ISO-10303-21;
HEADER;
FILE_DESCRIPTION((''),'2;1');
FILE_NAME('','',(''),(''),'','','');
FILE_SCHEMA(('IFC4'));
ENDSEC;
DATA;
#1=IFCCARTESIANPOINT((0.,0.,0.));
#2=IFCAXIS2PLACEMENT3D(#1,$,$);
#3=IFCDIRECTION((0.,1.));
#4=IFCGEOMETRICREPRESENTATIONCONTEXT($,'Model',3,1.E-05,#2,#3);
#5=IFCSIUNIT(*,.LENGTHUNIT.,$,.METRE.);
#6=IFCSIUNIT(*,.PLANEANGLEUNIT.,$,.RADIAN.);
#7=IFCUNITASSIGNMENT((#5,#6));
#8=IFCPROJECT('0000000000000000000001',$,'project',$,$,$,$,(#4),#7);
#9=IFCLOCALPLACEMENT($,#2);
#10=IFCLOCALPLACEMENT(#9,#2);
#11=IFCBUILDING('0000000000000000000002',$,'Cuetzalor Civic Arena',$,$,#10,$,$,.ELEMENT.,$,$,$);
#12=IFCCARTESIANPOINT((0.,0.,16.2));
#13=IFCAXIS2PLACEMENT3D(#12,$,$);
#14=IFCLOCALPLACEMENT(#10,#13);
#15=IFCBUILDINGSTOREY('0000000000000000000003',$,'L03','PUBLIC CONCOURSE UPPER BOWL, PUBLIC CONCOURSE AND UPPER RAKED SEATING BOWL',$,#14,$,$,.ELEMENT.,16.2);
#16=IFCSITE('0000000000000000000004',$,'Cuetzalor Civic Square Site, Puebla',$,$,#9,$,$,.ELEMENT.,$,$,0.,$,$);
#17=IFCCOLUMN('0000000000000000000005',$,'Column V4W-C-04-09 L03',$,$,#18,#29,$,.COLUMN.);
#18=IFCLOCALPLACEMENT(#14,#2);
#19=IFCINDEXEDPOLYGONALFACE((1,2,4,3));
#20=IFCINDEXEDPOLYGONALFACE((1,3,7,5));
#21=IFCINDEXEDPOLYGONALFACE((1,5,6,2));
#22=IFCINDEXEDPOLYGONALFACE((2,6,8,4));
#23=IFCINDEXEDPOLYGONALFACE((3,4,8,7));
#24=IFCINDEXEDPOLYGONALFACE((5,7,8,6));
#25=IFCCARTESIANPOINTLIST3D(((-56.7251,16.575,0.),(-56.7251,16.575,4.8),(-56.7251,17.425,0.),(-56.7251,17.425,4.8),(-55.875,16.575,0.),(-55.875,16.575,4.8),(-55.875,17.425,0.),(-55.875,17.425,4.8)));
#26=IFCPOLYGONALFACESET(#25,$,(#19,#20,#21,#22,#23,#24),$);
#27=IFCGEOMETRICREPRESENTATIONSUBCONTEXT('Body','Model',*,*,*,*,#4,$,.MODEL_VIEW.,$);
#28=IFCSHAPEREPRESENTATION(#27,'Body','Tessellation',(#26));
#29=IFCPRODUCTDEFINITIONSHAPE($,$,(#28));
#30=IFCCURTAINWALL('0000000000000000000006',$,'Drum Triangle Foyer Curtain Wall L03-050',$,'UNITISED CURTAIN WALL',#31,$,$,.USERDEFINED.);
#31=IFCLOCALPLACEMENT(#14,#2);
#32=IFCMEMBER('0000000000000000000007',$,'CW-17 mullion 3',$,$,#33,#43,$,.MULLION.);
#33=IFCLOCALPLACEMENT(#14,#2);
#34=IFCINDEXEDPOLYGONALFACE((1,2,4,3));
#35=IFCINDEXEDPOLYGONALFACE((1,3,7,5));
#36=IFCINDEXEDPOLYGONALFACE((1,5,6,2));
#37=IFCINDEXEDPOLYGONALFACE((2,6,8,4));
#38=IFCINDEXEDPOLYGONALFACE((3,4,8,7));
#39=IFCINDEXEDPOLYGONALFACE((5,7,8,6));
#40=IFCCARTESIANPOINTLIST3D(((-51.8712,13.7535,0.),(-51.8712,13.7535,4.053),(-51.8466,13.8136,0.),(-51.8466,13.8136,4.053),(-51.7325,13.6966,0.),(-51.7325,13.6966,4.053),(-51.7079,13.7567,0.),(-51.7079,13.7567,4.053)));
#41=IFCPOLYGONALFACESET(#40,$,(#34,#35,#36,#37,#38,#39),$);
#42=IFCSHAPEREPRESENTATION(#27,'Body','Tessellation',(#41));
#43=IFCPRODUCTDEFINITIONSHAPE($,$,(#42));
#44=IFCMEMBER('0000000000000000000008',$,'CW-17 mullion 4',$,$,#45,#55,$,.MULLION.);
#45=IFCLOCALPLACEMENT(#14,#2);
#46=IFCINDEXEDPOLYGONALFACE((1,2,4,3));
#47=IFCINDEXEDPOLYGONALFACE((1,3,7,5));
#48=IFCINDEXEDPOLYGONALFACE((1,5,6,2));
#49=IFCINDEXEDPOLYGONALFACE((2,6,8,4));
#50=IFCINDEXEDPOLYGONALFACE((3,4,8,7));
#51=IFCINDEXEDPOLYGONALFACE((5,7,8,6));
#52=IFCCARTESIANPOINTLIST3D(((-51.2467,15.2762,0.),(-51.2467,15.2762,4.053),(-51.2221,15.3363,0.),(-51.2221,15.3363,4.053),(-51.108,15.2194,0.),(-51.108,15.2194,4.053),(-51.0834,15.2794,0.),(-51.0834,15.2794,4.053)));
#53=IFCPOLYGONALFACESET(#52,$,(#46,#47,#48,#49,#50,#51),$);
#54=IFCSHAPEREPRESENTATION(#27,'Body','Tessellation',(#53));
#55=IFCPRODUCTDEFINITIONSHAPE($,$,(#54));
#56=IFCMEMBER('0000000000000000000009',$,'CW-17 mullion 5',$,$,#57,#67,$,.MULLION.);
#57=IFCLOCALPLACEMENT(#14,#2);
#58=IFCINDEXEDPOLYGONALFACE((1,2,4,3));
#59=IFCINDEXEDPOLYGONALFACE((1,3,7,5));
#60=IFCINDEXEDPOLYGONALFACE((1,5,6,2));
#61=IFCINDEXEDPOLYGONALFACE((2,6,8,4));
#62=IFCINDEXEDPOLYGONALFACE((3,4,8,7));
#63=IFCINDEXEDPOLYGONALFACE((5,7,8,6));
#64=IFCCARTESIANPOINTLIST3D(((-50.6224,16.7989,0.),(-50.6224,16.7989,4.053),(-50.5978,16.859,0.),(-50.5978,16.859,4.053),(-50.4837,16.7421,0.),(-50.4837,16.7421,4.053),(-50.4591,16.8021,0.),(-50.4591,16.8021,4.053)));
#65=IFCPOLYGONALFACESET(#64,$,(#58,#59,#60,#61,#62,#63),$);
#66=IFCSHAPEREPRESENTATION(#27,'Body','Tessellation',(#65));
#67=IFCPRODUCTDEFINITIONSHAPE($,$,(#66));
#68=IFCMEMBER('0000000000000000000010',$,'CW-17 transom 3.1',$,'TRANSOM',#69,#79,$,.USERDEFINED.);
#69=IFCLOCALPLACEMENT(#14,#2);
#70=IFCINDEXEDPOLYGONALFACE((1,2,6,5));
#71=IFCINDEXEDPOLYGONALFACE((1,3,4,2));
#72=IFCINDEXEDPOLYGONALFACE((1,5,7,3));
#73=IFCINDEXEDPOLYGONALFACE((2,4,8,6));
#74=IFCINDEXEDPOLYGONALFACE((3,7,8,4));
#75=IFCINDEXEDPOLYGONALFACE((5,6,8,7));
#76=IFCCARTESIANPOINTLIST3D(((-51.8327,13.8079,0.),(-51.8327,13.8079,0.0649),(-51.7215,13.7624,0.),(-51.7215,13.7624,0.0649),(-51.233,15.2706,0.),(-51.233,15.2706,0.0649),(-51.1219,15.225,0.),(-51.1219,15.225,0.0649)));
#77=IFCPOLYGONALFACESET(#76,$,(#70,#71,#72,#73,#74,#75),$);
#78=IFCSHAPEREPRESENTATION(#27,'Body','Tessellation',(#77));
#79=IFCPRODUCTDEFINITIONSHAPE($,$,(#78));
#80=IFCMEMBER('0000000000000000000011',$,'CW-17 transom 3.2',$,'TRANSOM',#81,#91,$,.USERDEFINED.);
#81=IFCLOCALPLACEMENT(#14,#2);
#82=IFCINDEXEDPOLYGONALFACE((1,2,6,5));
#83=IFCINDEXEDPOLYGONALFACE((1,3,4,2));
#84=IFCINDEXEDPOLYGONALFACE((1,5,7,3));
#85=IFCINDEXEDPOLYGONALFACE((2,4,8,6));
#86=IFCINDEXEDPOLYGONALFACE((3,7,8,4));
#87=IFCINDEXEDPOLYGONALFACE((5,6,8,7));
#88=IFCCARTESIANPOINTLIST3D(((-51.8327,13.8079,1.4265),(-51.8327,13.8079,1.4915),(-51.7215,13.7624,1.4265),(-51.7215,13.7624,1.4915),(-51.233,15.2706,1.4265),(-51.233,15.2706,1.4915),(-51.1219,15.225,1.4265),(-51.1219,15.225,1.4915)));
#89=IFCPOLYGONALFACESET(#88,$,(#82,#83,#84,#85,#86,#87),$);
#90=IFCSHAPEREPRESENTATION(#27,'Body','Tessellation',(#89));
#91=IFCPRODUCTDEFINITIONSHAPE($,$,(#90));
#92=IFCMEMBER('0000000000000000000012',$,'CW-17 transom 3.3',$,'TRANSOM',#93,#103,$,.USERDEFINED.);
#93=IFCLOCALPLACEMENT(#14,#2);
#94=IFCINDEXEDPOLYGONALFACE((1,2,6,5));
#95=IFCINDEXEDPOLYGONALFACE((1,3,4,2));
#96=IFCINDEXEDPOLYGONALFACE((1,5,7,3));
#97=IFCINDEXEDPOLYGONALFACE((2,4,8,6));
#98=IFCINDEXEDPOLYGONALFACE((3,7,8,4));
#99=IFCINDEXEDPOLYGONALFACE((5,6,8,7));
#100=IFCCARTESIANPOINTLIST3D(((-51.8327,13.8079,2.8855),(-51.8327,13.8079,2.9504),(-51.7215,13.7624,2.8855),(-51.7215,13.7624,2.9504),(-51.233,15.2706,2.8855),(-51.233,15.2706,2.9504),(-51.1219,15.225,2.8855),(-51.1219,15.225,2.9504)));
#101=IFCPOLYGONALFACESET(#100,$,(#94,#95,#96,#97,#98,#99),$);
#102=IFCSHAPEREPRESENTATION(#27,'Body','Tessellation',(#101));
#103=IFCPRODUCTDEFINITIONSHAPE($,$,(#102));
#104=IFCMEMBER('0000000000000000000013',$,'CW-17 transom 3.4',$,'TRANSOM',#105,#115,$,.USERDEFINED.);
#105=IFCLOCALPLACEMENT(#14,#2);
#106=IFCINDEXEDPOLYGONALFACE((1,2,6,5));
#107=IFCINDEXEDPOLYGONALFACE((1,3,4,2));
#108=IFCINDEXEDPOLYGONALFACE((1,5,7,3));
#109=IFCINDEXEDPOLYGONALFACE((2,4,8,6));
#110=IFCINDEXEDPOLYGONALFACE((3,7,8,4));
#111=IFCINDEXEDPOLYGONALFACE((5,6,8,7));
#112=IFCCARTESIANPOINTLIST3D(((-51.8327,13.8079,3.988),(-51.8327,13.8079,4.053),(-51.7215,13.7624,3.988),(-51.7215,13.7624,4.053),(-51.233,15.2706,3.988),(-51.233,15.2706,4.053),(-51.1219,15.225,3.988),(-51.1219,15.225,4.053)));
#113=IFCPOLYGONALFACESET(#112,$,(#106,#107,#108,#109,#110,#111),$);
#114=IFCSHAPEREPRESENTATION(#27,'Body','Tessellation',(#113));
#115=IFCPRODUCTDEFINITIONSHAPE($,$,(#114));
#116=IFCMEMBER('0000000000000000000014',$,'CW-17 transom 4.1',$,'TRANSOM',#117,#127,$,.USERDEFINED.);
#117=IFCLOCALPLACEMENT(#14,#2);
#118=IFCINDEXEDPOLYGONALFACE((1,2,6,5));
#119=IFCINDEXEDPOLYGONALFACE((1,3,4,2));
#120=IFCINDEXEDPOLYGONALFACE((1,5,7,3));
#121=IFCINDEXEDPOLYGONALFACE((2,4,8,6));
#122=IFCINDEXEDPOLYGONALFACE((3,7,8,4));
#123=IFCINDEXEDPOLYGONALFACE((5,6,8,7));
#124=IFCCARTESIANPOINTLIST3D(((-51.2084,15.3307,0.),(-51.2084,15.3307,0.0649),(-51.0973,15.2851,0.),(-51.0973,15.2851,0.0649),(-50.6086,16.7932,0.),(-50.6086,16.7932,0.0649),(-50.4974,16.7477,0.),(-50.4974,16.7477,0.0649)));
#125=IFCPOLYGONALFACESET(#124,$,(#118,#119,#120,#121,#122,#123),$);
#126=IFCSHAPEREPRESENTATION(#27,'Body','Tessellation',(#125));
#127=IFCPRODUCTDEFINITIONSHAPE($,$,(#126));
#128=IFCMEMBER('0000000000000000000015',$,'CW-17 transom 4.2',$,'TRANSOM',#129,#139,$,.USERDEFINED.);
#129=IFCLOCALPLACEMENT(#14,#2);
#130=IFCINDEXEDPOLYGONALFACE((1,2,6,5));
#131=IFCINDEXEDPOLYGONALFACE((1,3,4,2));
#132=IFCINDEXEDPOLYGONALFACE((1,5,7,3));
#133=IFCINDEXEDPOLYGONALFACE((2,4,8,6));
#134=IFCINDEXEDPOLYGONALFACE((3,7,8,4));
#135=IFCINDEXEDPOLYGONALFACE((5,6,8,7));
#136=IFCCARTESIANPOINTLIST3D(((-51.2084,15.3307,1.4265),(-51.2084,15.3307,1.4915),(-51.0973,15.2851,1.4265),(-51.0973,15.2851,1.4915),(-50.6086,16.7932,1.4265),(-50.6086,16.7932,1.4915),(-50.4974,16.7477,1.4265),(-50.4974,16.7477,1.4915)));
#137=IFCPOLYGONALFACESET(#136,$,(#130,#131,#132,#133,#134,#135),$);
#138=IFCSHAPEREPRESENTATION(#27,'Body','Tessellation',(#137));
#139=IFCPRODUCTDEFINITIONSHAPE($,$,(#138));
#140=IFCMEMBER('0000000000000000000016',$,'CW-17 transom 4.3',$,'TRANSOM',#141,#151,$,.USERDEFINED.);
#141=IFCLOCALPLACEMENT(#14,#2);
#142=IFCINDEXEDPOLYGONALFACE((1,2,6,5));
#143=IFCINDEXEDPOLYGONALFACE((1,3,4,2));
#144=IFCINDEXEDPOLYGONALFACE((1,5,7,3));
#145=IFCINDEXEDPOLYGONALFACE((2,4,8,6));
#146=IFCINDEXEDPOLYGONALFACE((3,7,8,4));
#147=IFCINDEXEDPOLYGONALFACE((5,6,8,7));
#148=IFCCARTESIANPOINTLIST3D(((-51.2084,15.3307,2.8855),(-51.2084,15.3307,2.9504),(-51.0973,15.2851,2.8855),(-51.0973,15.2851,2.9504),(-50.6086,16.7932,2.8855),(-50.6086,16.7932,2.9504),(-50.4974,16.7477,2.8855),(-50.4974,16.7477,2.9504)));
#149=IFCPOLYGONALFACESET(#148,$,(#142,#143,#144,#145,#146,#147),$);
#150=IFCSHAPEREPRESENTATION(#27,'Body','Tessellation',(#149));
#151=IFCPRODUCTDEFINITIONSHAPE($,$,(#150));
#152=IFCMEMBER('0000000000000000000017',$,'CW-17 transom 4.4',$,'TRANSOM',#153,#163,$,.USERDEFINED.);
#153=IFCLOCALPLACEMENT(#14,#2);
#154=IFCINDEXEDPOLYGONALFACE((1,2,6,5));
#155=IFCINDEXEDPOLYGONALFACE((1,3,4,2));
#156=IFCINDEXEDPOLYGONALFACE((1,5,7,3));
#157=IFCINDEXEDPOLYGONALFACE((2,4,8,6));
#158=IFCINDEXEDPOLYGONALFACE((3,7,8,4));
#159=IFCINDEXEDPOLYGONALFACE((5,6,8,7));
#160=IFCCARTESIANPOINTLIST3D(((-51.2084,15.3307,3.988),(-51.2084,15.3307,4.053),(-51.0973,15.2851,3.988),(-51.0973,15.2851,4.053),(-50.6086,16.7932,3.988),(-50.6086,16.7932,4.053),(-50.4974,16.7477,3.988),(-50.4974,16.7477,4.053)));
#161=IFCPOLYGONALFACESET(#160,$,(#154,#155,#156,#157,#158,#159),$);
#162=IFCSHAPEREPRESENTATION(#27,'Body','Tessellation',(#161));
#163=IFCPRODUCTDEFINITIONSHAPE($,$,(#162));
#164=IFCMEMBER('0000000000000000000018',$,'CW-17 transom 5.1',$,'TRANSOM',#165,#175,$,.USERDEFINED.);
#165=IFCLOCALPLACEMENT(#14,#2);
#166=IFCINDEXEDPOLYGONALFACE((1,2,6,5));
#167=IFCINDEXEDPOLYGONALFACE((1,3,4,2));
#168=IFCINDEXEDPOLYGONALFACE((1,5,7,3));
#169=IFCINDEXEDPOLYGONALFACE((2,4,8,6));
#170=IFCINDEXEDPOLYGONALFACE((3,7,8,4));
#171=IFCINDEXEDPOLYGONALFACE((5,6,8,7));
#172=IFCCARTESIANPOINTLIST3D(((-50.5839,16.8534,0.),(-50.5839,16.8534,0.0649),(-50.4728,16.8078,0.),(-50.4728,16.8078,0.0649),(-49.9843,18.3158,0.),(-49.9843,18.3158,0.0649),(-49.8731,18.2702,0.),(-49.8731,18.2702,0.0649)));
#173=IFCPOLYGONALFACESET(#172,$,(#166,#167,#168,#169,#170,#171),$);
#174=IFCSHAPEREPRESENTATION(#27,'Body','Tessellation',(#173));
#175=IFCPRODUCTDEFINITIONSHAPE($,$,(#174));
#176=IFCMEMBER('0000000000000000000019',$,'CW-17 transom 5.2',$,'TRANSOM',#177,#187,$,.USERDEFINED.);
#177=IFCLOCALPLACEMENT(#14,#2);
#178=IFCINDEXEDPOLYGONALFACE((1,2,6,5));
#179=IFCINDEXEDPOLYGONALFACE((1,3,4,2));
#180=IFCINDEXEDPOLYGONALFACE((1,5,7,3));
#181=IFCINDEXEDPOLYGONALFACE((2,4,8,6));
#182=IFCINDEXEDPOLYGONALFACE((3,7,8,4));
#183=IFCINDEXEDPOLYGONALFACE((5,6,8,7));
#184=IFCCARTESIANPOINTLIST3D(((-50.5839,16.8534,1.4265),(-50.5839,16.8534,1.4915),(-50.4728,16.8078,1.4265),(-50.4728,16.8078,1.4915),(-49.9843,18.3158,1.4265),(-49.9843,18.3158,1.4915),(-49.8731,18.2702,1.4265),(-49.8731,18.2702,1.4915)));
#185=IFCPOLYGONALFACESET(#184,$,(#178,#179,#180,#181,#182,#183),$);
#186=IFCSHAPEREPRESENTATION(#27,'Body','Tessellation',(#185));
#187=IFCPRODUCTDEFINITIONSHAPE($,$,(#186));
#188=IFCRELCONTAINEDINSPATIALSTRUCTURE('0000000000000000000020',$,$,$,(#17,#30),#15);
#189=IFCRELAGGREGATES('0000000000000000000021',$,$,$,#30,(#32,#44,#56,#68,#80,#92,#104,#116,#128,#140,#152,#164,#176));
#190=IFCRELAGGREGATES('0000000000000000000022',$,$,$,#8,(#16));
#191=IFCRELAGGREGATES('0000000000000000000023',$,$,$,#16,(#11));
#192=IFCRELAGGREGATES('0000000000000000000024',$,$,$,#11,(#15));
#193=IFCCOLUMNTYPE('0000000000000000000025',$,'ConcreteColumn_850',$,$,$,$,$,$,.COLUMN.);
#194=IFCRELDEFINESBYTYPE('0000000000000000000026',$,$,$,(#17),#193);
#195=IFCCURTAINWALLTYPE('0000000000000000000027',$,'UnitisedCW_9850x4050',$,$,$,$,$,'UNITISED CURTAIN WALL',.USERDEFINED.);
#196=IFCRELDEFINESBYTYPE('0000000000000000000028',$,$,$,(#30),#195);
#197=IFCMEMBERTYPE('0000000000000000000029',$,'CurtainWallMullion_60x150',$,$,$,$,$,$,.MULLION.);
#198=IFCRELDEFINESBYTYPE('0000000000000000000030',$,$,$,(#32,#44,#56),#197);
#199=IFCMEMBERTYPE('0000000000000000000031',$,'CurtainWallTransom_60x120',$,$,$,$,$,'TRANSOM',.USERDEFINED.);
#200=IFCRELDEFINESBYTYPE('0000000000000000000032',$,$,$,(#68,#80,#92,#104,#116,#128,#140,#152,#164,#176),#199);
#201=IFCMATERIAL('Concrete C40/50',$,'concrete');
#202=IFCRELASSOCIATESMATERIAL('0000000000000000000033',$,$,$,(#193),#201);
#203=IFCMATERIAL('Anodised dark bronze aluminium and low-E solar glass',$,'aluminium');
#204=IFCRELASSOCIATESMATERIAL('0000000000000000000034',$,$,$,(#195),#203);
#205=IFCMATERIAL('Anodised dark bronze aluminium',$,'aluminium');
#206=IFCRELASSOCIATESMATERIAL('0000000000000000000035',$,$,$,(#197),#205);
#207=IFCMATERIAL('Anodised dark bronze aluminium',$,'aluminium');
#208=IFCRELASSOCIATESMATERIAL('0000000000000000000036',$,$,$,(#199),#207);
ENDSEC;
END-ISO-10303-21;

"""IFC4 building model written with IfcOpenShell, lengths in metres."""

from ifc_helpers import new_model, si_unit, direction, frame, origin, origin_2d, place, context, subcontext, project, spatial, rectangle, extrude, material, material_profile, profile_set, type_object, element, aggregate, save


model = new_model("IFC4")

# Units and contexts
model_context = context("Model", 3, precision=1e-05, world=origin(), true_north=direction((0.0, 1.0)))
body_context = subcontext(model_context, "Body", "Model", "MODEL_VIEW")
ifc_project = project(units=[si_unit("LENGTHUNIT", "METRE"), si_unit("PLANEANGLEUNIT", "RADIAN")], contexts=[model_context])

# Site, building, storey
site_placement = place(None, origin())
site = spatial("IfcSite", under=ifc_project, at=site_placement, Name="Cuetzalor Civic Square Site, Puebla", CompositionType="ELEMENT", RefElevation=0.0)
building_placement = place(site_placement, origin())
building = spatial("IfcBuilding", under=site, at=building_placement, Name="Cuetzalor Civic Arena", CompositionType="ELEMENT")
storey_placement = place(building_placement, frame((0.0, 0.0, 16.2)))
storey = spatial("IfcBuildingStorey", under=building, at=storey_placement, Name="L03", Description="PUBLIC CONCOURSE UPPER BOWL, PUBLIC CONCOURSE AND UPPER RAKED SEATING BOWL", CompositionType="ELEMENT", Elevation=16.2)

# Column
ifc_material_1 = material(Name="Concrete C40/50", Category="concrete")
ifc_material_profile_1 = material_profile(ifc_material_1, rectangle(XDim=0.8501, YDim=0.8501, at=origin_2d()), Name="RC 850x850")
ifc_profile_set_1 = profile_set([ifc_material_profile_1], Name="Concrete C40/50")
column_type = type_object("IfcColumnType", Name="ConcreteColumn_850", PredefinedType="COLUMN", material=ifc_profile_set_1)
column_placement = place(storey_placement, frame((-56.3, 17.0, 0.0), z_axis=(0.0, 0.0, 1.0), x_axis=(1.0, 0.0, 0.0)))
element("IfcColumn", 1, at=column_placement, inside=storey, type_object=column_type, Name="Column V4W-C-04-09 L03", PredefinedType="COLUMN", context=body_context, shape_type="SweptSolid", body=[
    extrude(rectangle(XDim=0.8501, YDim=0.8501, at=origin_2d()), origin(), (0.0, 0.0, 1.0), 4.8),
])

# Curtain wall, members
ifc_material_2 = material(Name="Anodised dark bronze aluminium and low-E solar glass", Category="aluminium")
curtain_wall_type = type_object("IfcCurtainWallType", Name="UnitisedCW_9850x4050", ElementType="UNITISED CURTAIN WALL", PredefinedType="USERDEFINED", material=ifc_material_2)
curtain_wall_placement = place(storey_placement, origin())
curtain_wall = element("IfcCurtainWall", 2, at=curtain_wall_placement, inside=storey, type_object=curtain_wall_type, Name="Drum Triangle Foyer Curtain Wall L03-050", ObjectType="UNITISED CURTAIN WALL", PredefinedType="USERDEFINED")
ifc_material_3 = material(Name="Anodised dark bronze aluminium", Category="aluminium")
ifc_material_profile_2 = material_profile(ifc_material_3, rectangle(XDim=0.0649, YDim=0.1499, at=origin_2d()), Name="ALU MULLION 65x150")
ifc_profile_set_2 = profile_set([ifc_material_profile_2], Name="Anodised dark bronze aluminium")
member_type_1 = type_object("IfcMemberType", Name="CurtainWallMullion_60x150", PredefinedType="MULLION", material=ifc_profile_set_2)
member_1_placement = place(storey_placement, frame((-51.7896, 13.7551, 0.0), z_axis=(0.0, 0.0, 1.0), x_axis=(0.379391, 0.925236, 0.0)))
member_1 = element("IfcMember", 3, at=member_1_placement, type_object=member_type_1, Name="CW-17 mullion 3", PredefinedType="MULLION", context=body_context, shape_type="SweptSolid", body=[
    extrude(rectangle(XDim=0.0649, YDim=0.1499, at=origin_2d()), origin(), (0.0, 0.0, 1.0), 4.053),
])
member_2_placement = place(storey_placement, frame((-51.165, 15.2778, 0.0), z_axis=(0.0, 0.0, 1.0), x_axis=(0.379391, 0.925236, 0.0)))
member_2 = element("IfcMember", 4, at=member_2_placement, type_object=member_type_1, Name="CW-17 mullion 4", PredefinedType="MULLION", context=body_context, shape_type="SweptSolid", body=[
    extrude(rectangle(XDim=0.0649, YDim=0.1499, at=origin_2d()), origin(), (0.0, 0.0, 1.0), 4.053),
])
member_3_placement = place(storey_placement, frame((-50.5408, 16.8005, 0.0), z_axis=(0.0, 0.0, 1.0), x_axis=(0.379391, 0.925236, 0.0)))
member_3 = element("IfcMember", 5, at=member_3_placement, type_object=member_type_1, Name="CW-17 mullion 5", PredefinedType="MULLION", context=body_context, shape_type="SweptSolid", body=[
    extrude(rectangle(XDim=0.0649, YDim=0.1499, at=origin_2d()), origin(), (0.0, 0.0, 1.0), 4.053),
])
ifc_material_4 = material(Name="Anodised dark bronze aluminium", Category="aluminium")
ifc_material_profile_3 = material_profile(ifc_material_4, rectangle(XDim=0.1201, YDim=0.0649, at=origin_2d()), Name="ALU TRANSOM 65x120")
ifc_profile_set_3 = profile_set([ifc_material_profile_3], Name="Anodised dark bronze aluminium")
member_type_2 = type_object("IfcMemberType", Name="CurtainWallTransom_60x120", ElementType="TRANSOM", PredefinedType="USERDEFINED", material=ifc_profile_set_3)
member_4_placement = place(storey_placement, frame((-51.7771, 13.7852, 0.0325), z_axis=(0.379312, 0.925269, 0.0), x_axis=(-0.925269, 0.379312, 0.0)))
member_4 = element("IfcMember", 6, at=member_4_placement, type_object=member_type_2, Name="CW-17 transom 3.1", ObjectType="TRANSOM", PredefinedType="USERDEFINED", context=body_context, shape_type="SweptSolid", body=[
    extrude(rectangle(XDim=0.1201, YDim=0.0649, at=origin_2d()), origin(), (0.0, 0.0, 1.0), 1.5808),
])
member_5_placement = place(storey_placement, frame((-51.7771, 13.7852, 1.459), z_axis=(0.379312, 0.925269, 0.0), x_axis=(-0.925269, 0.379312, 0.0)))
member_5 = element("IfcMember", 7, at=member_5_placement, type_object=member_type_2, Name="CW-17 transom 3.2", ObjectType="TRANSOM", PredefinedType="USERDEFINED", context=body_context, shape_type="SweptSolid", body=[
    extrude(rectangle(XDim=0.1201, YDim=0.0649, at=origin_2d()), origin(), (0.0, 0.0, 1.0), 1.5808),
])
member_6_placement = place(storey_placement, frame((-51.7771, 13.7852, 2.918), z_axis=(0.379312, 0.925269, 0.0), x_axis=(-0.925269, 0.379312, 0.0)))
member_6 = element("IfcMember", 8, at=member_6_placement, type_object=member_type_2, Name="CW-17 transom 3.3", ObjectType="TRANSOM", PredefinedType="USERDEFINED", context=body_context, shape_type="SweptSolid", body=[
    extrude(rectangle(XDim=0.1201, YDim=0.0649, at=origin_2d()), origin(), (0.0, 0.0, 1.0), 1.5808),
])
member_7_placement = place(storey_placement, frame((-51.7771, 13.7852, 4.0205), z_axis=(0.379312, 0.925269, 0.0), x_axis=(-0.925269, 0.379312, 0.0)))
member_7 = element("IfcMember", 9, at=member_7_placement, type_object=member_type_2, Name="CW-17 transom 3.4", ObjectType="TRANSOM", PredefinedType="USERDEFINED", context=body_context, shape_type="SweptSolid", body=[
    extrude(rectangle(XDim=0.1201, YDim=0.0649, at=origin_2d()), origin(), (0.0, 0.0, 1.0), 1.5808),
])
member_8_placement = place(storey_placement, frame((-51.1528, 15.3079, 0.0325), z_axis=(0.379445, 0.925214, 0.0), x_axis=(-0.925214, 0.379445, 0.0)))
member_8 = element("IfcMember", 10, at=member_8_placement, type_object=member_type_2, Name="CW-17 transom 4.1", ObjectType="TRANSOM", PredefinedType="USERDEFINED", context=body_context, shape_type="SweptSolid", body=[
    extrude(rectangle(XDim=0.1201, YDim=0.0649, at=origin_2d()), origin(), (0.0, 0.0, 1.0), 1.5808),
])
member_9_placement = place(storey_placement, frame((-51.1528, 15.3079, 1.459), z_axis=(0.379445, 0.925214, 0.0), x_axis=(-0.925214, 0.379445, 0.0)))
member_9 = element("IfcMember", 11, at=member_9_placement, type_object=member_type_2, Name="CW-17 transom 4.2", ObjectType="TRANSOM", PredefinedType="USERDEFINED", context=body_context, shape_type="SweptSolid", body=[
    extrude(rectangle(XDim=0.1201, YDim=0.0649, at=origin_2d()), origin(), (0.0, 0.0, 1.0), 1.5808),
])
member_10_placement = place(storey_placement, frame((-51.1528, 15.3079, 2.918), z_axis=(0.379445, 0.925214, 0.0), x_axis=(-0.925214, 0.379445, 0.0)))
member_10 = element("IfcMember", 12, at=member_10_placement, type_object=member_type_2, Name="CW-17 transom 4.3", ObjectType="TRANSOM", PredefinedType="USERDEFINED", context=body_context, shape_type="SweptSolid", body=[
    extrude(rectangle(XDim=0.1201, YDim=0.0649, at=origin_2d()), origin(), (0.0, 0.0, 1.0), 1.5808),
])
member_11_placement = place(storey_placement, frame((-51.1528, 15.3079, 4.0205), z_axis=(0.379445, 0.925214, 0.0), x_axis=(-0.925214, 0.379445, 0.0)))
member_11 = element("IfcMember", 13, at=member_11_placement, type_object=member_type_2, Name="CW-17 transom 4.4", ObjectType="TRANSOM", PredefinedType="USERDEFINED", context=body_context, shape_type="SweptSolid", body=[
    extrude(rectangle(XDim=0.1201, YDim=0.0649, at=origin_2d()), origin(), (0.0, 0.0, 1.0), 1.5808),
])
member_12_placement = place(storey_placement, frame((-50.5283, 16.8306, 0.0325), z_axis=(0.379367, 0.925246, 0.0), x_axis=(-0.925246, 0.379367, 0.0)))
member_12 = element("IfcMember", 14, at=member_12_placement, type_object=member_type_2, Name="CW-17 transom 5.1", ObjectType="TRANSOM", PredefinedType="USERDEFINED", context=body_context, shape_type="SweptSolid", body=[
    extrude(rectangle(XDim=0.1201, YDim=0.0649, at=origin_2d()), origin(), (0.0, 0.0, 1.0), 1.5806),
])
member_13_placement = place(storey_placement, frame((-50.5283, 16.8306, 1.459), z_axis=(0.379367, 0.925246, 0.0), x_axis=(-0.925246, 0.379367, 0.0)))
member_13 = element("IfcMember", 15, at=member_13_placement, type_object=member_type_2, Name="CW-17 transom 5.2", ObjectType="TRANSOM", PredefinedType="USERDEFINED", context=body_context, shape_type="SweptSolid", body=[
    extrude(rectangle(XDim=0.1201, YDim=0.0649, at=origin_2d()), origin(), (0.0, 0.0, 1.0), 1.5806),
])
aggregate(curtain_wall, [member_1, member_2, member_3, member_4, member_5, member_6, member_7, member_8, member_9, member_10, member_11, member_12, member_13])

save(model, "model.ifc")
